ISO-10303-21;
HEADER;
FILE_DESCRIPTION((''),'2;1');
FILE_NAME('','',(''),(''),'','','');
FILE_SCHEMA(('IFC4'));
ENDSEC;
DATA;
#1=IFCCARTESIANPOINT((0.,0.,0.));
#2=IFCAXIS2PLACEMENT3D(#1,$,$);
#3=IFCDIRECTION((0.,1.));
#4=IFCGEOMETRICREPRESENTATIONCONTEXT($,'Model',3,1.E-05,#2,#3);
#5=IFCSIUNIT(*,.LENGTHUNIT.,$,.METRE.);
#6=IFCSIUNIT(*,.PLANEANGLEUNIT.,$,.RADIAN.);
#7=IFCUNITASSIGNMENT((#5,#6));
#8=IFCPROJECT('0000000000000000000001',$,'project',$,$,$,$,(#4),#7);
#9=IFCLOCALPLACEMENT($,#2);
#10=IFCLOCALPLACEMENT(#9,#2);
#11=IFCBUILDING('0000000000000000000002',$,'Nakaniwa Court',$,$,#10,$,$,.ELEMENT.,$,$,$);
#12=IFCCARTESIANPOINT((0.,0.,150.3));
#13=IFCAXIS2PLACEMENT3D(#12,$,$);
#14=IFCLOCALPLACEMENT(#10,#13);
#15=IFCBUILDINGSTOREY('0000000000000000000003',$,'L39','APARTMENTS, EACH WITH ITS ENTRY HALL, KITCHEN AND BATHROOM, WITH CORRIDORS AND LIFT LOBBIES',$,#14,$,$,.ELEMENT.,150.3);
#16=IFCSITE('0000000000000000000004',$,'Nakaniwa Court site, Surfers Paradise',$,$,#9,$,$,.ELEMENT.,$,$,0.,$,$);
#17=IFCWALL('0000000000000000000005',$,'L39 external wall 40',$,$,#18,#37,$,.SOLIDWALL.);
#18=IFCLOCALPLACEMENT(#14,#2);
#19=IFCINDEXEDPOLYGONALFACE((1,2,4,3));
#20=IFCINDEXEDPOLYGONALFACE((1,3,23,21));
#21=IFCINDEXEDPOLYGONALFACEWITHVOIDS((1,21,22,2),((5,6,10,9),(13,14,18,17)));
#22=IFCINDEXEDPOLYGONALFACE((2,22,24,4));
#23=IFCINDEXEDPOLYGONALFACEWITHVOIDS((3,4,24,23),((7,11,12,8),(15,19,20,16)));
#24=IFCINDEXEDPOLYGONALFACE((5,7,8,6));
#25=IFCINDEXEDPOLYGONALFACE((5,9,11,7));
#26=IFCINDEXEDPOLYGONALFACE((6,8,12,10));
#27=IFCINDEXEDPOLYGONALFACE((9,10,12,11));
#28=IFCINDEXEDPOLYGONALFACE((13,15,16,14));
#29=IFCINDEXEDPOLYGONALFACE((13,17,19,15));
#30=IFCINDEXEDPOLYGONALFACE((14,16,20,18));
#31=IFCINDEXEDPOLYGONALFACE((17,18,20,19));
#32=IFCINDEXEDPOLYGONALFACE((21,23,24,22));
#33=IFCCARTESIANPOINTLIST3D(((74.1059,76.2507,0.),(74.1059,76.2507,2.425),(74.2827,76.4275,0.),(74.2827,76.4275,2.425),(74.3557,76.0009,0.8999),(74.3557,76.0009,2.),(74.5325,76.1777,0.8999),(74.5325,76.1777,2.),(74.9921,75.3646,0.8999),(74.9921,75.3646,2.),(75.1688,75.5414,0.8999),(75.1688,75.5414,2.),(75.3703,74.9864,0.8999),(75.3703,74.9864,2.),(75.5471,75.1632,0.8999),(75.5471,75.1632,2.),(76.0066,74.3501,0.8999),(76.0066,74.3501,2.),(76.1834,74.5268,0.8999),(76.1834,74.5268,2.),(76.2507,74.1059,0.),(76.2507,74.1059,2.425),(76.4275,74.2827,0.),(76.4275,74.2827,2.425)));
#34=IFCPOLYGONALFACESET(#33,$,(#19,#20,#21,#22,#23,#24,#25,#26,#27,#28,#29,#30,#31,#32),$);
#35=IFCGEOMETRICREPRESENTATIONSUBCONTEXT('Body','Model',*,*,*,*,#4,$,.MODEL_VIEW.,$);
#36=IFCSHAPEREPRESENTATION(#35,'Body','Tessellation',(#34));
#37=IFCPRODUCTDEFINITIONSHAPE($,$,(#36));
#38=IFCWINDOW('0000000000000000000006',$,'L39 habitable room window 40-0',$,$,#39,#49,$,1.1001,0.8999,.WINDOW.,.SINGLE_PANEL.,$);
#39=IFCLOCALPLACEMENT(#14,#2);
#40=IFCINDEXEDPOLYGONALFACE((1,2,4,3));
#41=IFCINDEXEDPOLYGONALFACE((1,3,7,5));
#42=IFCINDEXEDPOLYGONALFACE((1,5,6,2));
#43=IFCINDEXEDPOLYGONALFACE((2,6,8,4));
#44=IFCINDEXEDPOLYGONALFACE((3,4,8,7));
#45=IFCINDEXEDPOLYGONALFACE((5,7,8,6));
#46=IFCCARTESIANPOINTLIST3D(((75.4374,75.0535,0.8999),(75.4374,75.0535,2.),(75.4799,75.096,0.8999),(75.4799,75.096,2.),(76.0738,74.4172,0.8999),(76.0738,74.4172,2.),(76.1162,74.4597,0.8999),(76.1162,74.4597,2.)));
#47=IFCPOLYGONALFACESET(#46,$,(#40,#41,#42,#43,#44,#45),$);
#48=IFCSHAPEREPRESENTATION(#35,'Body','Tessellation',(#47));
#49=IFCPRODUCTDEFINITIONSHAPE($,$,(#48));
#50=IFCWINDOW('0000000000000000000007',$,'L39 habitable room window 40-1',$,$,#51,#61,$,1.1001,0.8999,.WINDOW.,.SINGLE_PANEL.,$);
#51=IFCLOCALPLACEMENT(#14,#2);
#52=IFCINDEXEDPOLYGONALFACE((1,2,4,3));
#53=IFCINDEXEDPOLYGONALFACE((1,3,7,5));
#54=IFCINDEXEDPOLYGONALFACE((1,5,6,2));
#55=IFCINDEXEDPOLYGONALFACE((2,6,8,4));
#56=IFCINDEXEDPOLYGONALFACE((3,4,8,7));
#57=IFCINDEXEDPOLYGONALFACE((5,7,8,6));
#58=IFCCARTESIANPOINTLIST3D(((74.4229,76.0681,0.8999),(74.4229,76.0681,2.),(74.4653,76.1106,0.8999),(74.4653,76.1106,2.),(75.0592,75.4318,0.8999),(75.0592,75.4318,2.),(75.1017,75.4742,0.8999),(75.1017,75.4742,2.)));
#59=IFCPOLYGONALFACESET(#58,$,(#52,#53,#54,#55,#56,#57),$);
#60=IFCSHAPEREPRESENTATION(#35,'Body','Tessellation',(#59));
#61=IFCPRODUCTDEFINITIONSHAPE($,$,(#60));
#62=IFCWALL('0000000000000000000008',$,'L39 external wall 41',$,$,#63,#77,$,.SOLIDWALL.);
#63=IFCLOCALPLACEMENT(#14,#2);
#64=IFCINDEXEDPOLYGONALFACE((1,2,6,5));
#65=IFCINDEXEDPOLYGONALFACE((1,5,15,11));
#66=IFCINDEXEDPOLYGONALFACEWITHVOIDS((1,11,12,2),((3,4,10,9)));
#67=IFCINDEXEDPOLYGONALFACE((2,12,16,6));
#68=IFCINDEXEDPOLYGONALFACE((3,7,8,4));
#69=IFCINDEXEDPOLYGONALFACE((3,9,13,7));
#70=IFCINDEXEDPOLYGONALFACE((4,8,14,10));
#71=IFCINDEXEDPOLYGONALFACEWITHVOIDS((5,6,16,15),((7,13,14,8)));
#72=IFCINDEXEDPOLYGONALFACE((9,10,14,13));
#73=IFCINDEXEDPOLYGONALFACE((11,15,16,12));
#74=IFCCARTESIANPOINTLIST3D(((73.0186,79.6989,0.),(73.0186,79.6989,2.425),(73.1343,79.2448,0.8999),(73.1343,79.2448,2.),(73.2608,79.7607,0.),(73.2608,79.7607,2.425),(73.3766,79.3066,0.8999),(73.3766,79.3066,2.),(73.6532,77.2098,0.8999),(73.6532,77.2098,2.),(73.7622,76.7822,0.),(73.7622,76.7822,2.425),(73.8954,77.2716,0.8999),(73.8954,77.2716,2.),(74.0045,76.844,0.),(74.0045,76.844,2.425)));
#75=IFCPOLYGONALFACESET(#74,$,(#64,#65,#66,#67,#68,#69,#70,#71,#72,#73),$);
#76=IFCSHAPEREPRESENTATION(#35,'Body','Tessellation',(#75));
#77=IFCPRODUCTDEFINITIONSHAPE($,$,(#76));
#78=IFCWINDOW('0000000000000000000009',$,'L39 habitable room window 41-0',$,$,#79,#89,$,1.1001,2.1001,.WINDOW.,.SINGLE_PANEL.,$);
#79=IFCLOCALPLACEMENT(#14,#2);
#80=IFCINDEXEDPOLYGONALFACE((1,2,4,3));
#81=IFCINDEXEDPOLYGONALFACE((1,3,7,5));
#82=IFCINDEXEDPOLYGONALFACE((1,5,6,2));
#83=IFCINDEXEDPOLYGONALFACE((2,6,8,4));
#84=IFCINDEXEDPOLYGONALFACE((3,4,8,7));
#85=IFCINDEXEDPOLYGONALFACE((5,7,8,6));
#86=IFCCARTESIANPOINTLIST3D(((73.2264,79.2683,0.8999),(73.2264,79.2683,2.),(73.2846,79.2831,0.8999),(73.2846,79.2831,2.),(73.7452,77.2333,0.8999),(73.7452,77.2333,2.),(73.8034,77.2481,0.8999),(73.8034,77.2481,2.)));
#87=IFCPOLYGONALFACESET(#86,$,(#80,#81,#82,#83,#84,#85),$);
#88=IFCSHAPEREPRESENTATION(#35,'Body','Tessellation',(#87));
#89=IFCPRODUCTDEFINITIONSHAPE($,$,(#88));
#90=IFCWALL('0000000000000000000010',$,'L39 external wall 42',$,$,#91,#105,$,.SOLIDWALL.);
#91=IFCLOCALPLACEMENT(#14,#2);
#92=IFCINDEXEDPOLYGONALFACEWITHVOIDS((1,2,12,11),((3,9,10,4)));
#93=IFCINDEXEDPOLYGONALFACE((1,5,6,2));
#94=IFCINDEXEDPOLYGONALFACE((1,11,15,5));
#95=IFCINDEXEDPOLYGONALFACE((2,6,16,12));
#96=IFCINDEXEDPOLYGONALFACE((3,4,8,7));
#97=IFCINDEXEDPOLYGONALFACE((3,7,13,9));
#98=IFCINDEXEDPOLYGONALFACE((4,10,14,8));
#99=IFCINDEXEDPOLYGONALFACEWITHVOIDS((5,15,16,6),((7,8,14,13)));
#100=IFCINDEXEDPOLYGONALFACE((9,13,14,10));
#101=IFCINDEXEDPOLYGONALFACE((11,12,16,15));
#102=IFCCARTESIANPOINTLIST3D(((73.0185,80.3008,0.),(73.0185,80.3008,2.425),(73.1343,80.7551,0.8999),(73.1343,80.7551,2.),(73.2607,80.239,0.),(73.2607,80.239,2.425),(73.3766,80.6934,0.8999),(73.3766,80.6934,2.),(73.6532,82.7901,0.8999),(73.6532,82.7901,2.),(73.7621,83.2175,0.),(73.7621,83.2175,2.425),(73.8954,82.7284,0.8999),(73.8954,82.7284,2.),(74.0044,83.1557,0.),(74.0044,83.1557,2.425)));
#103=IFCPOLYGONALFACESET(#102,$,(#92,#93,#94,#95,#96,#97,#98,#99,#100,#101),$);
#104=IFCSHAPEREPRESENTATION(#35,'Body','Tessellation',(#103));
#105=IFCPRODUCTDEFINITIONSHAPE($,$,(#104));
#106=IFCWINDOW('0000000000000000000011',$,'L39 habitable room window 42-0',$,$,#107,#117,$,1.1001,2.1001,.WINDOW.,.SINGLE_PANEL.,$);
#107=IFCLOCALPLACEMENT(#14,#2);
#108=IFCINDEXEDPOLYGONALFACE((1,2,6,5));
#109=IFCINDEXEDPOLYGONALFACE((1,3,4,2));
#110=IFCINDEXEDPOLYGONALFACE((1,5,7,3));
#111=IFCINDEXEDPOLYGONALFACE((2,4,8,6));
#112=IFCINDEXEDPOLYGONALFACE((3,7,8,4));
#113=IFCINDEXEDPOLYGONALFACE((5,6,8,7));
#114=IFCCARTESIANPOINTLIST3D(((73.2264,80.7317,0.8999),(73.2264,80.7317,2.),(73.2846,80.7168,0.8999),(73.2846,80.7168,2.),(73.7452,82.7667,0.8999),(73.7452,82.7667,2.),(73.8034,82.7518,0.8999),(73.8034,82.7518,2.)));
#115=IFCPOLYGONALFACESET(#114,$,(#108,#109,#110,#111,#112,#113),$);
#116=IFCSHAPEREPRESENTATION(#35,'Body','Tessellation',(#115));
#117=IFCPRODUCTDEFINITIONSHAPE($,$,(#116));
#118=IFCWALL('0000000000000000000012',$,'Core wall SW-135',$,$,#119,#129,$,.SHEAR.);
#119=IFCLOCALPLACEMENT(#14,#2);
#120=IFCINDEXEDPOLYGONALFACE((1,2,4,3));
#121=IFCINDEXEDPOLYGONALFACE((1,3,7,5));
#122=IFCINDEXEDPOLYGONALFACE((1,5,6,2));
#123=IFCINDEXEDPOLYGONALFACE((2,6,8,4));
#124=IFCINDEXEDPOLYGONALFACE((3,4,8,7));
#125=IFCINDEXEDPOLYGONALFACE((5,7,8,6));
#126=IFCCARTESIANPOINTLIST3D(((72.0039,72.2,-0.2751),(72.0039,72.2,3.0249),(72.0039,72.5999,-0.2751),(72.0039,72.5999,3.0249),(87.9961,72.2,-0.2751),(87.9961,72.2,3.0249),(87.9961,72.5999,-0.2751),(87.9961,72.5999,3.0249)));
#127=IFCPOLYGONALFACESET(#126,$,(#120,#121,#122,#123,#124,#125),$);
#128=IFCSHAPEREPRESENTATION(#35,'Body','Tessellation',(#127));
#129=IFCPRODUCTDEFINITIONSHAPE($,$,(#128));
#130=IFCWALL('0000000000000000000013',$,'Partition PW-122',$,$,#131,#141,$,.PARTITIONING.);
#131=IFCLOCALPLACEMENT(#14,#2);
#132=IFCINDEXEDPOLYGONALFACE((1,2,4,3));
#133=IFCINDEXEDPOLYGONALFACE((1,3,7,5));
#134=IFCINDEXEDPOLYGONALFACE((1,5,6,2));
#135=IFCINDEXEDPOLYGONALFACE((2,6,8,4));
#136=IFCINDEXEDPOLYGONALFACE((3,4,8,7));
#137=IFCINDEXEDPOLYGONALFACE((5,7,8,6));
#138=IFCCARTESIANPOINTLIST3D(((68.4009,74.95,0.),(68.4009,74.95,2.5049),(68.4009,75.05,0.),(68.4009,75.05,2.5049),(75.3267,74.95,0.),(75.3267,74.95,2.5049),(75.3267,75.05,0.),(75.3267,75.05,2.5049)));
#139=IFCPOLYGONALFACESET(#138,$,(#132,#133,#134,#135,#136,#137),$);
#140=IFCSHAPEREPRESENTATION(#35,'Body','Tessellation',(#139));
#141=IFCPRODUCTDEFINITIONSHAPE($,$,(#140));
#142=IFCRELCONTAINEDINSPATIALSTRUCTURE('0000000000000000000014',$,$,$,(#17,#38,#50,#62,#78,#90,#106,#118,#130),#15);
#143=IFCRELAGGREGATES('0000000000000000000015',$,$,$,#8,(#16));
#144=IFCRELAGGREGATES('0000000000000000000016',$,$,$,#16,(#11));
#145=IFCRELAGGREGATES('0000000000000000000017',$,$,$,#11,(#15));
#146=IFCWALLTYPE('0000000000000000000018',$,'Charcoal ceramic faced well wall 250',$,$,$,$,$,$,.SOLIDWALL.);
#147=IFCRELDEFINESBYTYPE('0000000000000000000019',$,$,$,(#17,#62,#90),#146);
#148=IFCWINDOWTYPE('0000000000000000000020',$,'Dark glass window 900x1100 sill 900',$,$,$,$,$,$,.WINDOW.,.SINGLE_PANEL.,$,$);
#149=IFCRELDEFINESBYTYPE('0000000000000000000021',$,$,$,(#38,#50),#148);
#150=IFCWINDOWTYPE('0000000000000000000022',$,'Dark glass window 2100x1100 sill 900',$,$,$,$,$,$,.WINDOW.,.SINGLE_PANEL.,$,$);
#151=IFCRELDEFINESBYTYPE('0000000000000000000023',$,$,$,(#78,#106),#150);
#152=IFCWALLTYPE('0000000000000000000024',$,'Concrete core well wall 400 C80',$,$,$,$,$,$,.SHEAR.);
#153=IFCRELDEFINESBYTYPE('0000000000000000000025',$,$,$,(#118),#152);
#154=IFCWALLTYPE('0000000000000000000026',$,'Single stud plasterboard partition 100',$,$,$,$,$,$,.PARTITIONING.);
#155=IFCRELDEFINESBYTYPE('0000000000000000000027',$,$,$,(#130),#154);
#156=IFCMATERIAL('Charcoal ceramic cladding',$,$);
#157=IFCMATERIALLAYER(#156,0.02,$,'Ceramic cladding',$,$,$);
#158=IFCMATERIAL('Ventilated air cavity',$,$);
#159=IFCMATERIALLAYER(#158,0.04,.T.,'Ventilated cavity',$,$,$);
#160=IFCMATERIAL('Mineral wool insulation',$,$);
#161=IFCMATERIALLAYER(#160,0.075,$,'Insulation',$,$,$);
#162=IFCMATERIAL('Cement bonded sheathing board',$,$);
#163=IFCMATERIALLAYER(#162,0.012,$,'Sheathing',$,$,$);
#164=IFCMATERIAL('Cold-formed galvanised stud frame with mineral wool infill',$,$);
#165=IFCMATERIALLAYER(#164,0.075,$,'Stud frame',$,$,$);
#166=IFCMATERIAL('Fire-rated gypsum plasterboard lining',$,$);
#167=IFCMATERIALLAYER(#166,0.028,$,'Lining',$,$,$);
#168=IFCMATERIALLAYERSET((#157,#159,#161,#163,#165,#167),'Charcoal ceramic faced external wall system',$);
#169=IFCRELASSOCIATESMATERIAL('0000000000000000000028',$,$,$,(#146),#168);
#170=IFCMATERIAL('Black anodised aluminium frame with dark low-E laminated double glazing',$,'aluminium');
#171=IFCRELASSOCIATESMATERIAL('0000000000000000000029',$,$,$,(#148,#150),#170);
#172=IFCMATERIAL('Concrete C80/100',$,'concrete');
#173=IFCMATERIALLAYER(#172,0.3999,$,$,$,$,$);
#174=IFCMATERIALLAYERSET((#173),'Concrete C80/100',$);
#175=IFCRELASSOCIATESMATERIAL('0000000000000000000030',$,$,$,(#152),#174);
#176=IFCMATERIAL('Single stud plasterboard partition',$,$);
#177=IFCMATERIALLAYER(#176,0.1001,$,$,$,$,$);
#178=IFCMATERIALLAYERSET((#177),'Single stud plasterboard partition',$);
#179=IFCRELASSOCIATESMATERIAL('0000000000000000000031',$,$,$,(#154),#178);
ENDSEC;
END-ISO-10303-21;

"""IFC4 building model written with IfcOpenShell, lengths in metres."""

from ifc_helpers import new_model, si_unit, direction, frame, frame_2d, origin, place, context, subcontext, project, spatial, rectangle, extrude, material, layer, layer_set, type_object, element, fill, save


model = new_model("IFC4")

# Units and contexts
model_context = context("Model", 3, precision=1e-05, world=origin(), true_north=direction((0.0, 1.0)))
body_context = subcontext(model_context, "Body", "Model", "MODEL_VIEW")
ifc_project = project(units=[si_unit("LENGTHUNIT", "METRE"), si_unit("PLANEANGLEUNIT", "RADIAN")], contexts=[model_context])

# Site, building, storey
site_placement = place(None, origin())
site = spatial("IfcSite", under=ifc_project, at=site_placement, Name="Nakaniwa Court site, Surfers Paradise", CompositionType="ELEMENT", RefElevation=0.0)
building_placement = place(site_placement, origin())
building = spatial("IfcBuilding", under=site, at=building_placement, Name="Nakaniwa Court", CompositionType="ELEMENT")
storey_placement = place(building_placement, frame((0.0, 0.0, 150.3)))
storey = spatial("IfcBuildingStorey", under=building, at=storey_placement, Name="L39", Description="APARTMENTS, EACH WITH ITS ENTRY HALL, KITCHEN AND BATHROOM, WITH CORRIDORS AND LIFT LOBBIES", CompositionType="ELEMENT", Elevation=150.3)

# Shared definitions
ifc_material_1 = material(Name="Concrete C80/100", Category="concrete")

# Wall, openings, windows
ifc_material_2 = material(Name="Charcoal ceramic cladding")
ifc_layer_1 = layer(ifc_material_2, 0.02, Name="Ceramic cladding")
ifc_material_3 = material(Name="Ventilated air cavity")
ifc_layer_2 = layer(ifc_material_3, 0.04, ventilated=True, Name="Ventilated cavity")
ifc_material_4 = material(Name="Mineral wool insulation")
ifc_layer_3 = layer(ifc_material_4, 0.075, Name="Insulation")
ifc_material_5 = material(Name="Cement bonded sheathing board")
ifc_layer_4 = layer(ifc_material_5, 0.012, Name="Sheathing")
ifc_material_6 = material(Name="Cold-formed galvanised stud frame with mineral wool infill")
ifc_layer_5 = layer(ifc_material_6, 0.075, Name="Stud frame")
ifc_material_7 = material(Name="Fire-rated gypsum plasterboard lining")
ifc_layer_6 = layer(ifc_material_7, 0.028, Name="Lining")
ifc_layer_set_1 = layer_set([ifc_layer_1, ifc_layer_2, ifc_layer_3, ifc_layer_4, ifc_layer_5, ifc_layer_6], Name="Charcoal ceramic faced external wall system")
wall_type_1 = type_object("IfcWallType", Name="Charcoal ceramic faced well wall 250", PredefinedType="SOLIDWALL", material=ifc_layer_set_1)
wall_1_placement = place(storey_placement, frame((76.3391, 74.1943, 0.0), z_axis=(0.0, 0.0, 1.0), x_axis=(-0.707107, 0.707107, 0.0)))
wall_1 = element("IfcWall", 1, at=wall_1_placement, inside=storey, type_object=wall_type_1, Name="L39 external wall 40", PredefinedType="SOLIDWALL", context=body_context, shape_type="SweptSolid", body=[
    extrude(rectangle(XDim=3.0332, YDim=0.25, at=frame_2d((1.5166, 0.0))), origin(), (0.0, 0.0, 1.0), 2.425),
])
opening_1_placement = place(wall_1_placement, frame((0.3452, 0.0, 0.8999)))
opening_1 = element("IfcOpeningElement", 2, at=opening_1_placement, cuts=wall_1, PredefinedType="OPENING", context=body_context, shape_type="SweptSolid", body=[
    extrude(rectangle(XDim=0.8999, YDim=1.1001, at=frame_2d((0.45, 0.55))), frame((0.0, 0.135, 0.0), z_axis=(0.0, -1.0, 0.0), x_axis=(1.0, 0.0, 0.0)), (0.0, 0.0, 1.0), 0.27),
])
opening_2_placement = place(wall_1_placement, frame((1.78, 0.0, 0.8999)))
opening_2 = element("IfcOpeningElement", 3, at=opening_2_placement, cuts=wall_1, PredefinedType="OPENING", context=body_context, shape_type="SweptSolid", body=[
    extrude(rectangle(XDim=0.8999, YDim=1.1001, at=frame_2d((0.45, 0.55))), frame((0.0, 0.135, 0.0), z_axis=(0.0, -1.0, 0.0), x_axis=(1.0, 0.0, 0.0)), (0.0, 0.0, 1.0), 0.27),
])
ifc_material_8 = material(Name="Black anodised aluminium frame with dark low-E laminated double glazing", Category="aluminium")
window_type_1 = type_object("IfcWindowType", Name="Dark glass window 900x1100 sill 900", PartitioningType="SINGLE_PANEL", PredefinedType="WINDOW", material=ifc_material_8)
window_1_placement = place(opening_1_placement, origin())
window_1 = element("IfcWindow", 4, at=window_1_placement, inside=storey, type_object=window_type_1, Name="L39 habitable room window 40-0", OverallHeight=1.1001, OverallWidth=0.8999, PartitioningType="SINGLE_PANEL", PredefinedType="WINDOW", context=body_context, shape_type="SweptSolid", body=[
    extrude(rectangle(XDim=0.8999, YDim=1.1001, at=frame_2d((0.45, 0.55))), frame((0.0, 0.03, 0.0), z_axis=(0.0, -1.0, 0.0), x_axis=(1.0, 0.0, 0.0)), (0.0, 0.0, 1.0), 0.0601),
])
fill(opening_1, window_1)
window_2_placement = place(opening_2_placement, origin())
window_2 = element("IfcWindow", 5, at=window_2_placement, inside=storey, type_object=window_type_1, Name="L39 habitable room window 40-1", OverallHeight=1.1001, OverallWidth=0.8999, PartitioningType="SINGLE_PANEL", PredefinedType="WINDOW", context=body_context, shape_type="SweptSolid", body=[
    extrude(rectangle(XDim=0.8999, YDim=1.1001, at=frame_2d((0.45, 0.55))), frame((0.0, 0.03, 0.0), z_axis=(0.0, -1.0, 0.0), x_axis=(1.0, 0.0, 0.0)), (0.0, 0.0, 1.0), 0.0601),
])
fill(opening_2, window_2)

# Walls, openings, windows
wall_2_placement = place(storey_placement, frame((73.8833, 76.8132, 0.0), z_axis=(0.0, 0.0, 1.0), x_axis=(-0.247056, 0.969001, 0.0)))
wall_2 = element("IfcWall", 6, at=wall_2_placement, inside=storey, type_object=wall_type_1, Name="L39 external wall 41", PredefinedType="SOLIDWALL", context=body_context, shape_type="SweptSolid", body=[
    extrude(rectangle(XDim=3.01, YDim=0.25, at=frame_2d((1.5049, 0.0))), origin(), (0.0, 0.0, 1.0), 2.425),
])
opening_3_placement = place(wall_2_placement, frame((0.4412, 0.0, 0.8999)))
opening_3 = element("IfcOpeningElement", 7, at=opening_3_placement, cuts=wall_2, PredefinedType="OPENING", context=body_context, shape_type="SweptSolid", body=[
    extrude(rectangle(XDim=2.1001, YDim=1.1001, at=frame_2d((1.05, 0.55))), frame((0.0, 0.135, 0.0), z_axis=(0.0, -1.0, 0.0), x_axis=(1.0, 0.0, 0.0)), (0.0, 0.0, 1.0), 0.27),
])
window_type_2 = type_object("IfcWindowType", Name="Dark glass window 2100x1100 sill 900", PartitioningType="SINGLE_PANEL", PredefinedType="WINDOW", material=ifc_material_8)
window_3_placement = place(opening_3_placement, origin())
window_3 = element("IfcWindow", 8, at=window_3_placement, inside=storey, type_object=window_type_2, Name="L39 habitable room window 41-0", OverallHeight=1.1001, OverallWidth=2.1001, PartitioningType="SINGLE_PANEL", PredefinedType="WINDOW", context=body_context, shape_type="SweptSolid", body=[
    extrude(rectangle(XDim=2.1001, YDim=1.1001, at=frame_2d((1.05, 0.55))), frame((0.0, 0.03, 0.0), z_axis=(0.0, -1.0, 0.0), x_axis=(1.0, 0.0, 0.0)), (0.0, 0.0, 1.0), 0.0601),
])
fill(opening_3, window_3)
wall_3_placement = place(storey_placement, frame((73.1396, 80.27, 0.0), z_axis=(0.0, 0.0, 1.0), x_axis=(0.247056, 0.969001, 0.0)))
wall_3 = element("IfcWall", 9, at=wall_3_placement, inside=storey, type_object=wall_type_1, Name="L39 external wall 42", PredefinedType="SOLIDWALL", context=body_context, shape_type="SweptSolid", body=[
    extrude(rectangle(XDim=3.01, YDim=0.25, at=frame_2d((1.5049, 0.0))), origin(), (0.0, 0.0, 1.0), 2.425),
])
opening_4_placement = place(wall_3_placement, frame((0.4688, 0.0, 0.8999)))
opening_4 = element("IfcOpeningElement", 10, at=opening_4_placement, cuts=wall_3, PredefinedType="OPENING", context=body_context, shape_type="SweptSolid", body=[
    extrude(rectangle(XDim=2.1001, YDim=1.1001, at=frame_2d((1.05, 0.55))), frame((0.0, 0.135, 0.0), z_axis=(0.0, -1.0, 0.0), x_axis=(1.0, 0.0, 0.0)), (0.0, 0.0, 1.0), 0.27),
])
window_4_placement = place(opening_4_placement, origin())
window_4 = element("IfcWindow", 11, at=window_4_placement, inside=storey, type_object=window_type_2, Name="L39 habitable room window 42-0", OverallHeight=1.1001, OverallWidth=2.1001, PartitioningType="SINGLE_PANEL", PredefinedType="WINDOW", context=body_context, shape_type="SweptSolid", body=[
    extrude(rectangle(XDim=2.1001, YDim=1.1001, at=frame_2d((1.05, 0.55))), frame((0.0, 0.03, 0.0), z_axis=(0.0, -1.0, 0.0), x_axis=(1.0, 0.0, 0.0)), (0.0, 0.0, 1.0), 0.0601),
])
fill(opening_4, window_4)

# Walls
ifc_layer_7 = layer(ifc_material_1, 0.3999)
ifc_layer_set_2 = layer_set([ifc_layer_7], Name="Concrete C80/100")
wall_type_2 = type_object("IfcWallType", Name="Concrete core well wall 400 C80", PredefinedType="SHEAR", material=ifc_layer_set_2)
wall_4_placement = place(storey_placement, frame((72.0039, 72.3999, -0.2751), z_axis=(0.0, 0.0, 1.0), x_axis=(1.0, 0.0, 0.0)))
element("IfcWall", 12, at=wall_4_placement, inside=storey, type_object=wall_type_2, Name="Core wall SW-135", PredefinedType="SHEAR", context=body_context, shape_type="SweptSolid", body=[
    extrude(rectangle(XDim=15.9922, YDim=0.3999, at=frame_2d((7.9961, 0.0))), origin(), (0.0, 0.0, 1.0), 3.3),
])
ifc_material_9 = material(Name="Single stud plasterboard partition")
ifc_layer_8 = layer(ifc_material_9, 0.1001)
ifc_layer_set_3 = layer_set([ifc_layer_8], Name="Single stud plasterboard partition")
wall_type_3 = type_object("IfcWallType", Name="Single stud plasterboard partition 100", PredefinedType="PARTITIONING", material=ifc_layer_set_3)
wall_5_placement = place(storey_placement, frame((68.4009, 75.0, 0.0), z_axis=(0.0, 0.0, 1.0), x_axis=(1.0, 0.0, 0.0)))
element("IfcWall", 13, at=wall_5_placement, inside=storey, type_object=wall_type_3, Name="Partition PW-122", PredefinedType="PARTITIONING", context=body_context, shape_type="SweptSolid", body=[
    extrude(rectangle(XDim=6.9258, YDim=0.1001, at=frame_2d((3.4629, 0.0))), origin(), (0.0, 0.0, 1.0), 2.5049),
])

save(model, "model.ifc")
